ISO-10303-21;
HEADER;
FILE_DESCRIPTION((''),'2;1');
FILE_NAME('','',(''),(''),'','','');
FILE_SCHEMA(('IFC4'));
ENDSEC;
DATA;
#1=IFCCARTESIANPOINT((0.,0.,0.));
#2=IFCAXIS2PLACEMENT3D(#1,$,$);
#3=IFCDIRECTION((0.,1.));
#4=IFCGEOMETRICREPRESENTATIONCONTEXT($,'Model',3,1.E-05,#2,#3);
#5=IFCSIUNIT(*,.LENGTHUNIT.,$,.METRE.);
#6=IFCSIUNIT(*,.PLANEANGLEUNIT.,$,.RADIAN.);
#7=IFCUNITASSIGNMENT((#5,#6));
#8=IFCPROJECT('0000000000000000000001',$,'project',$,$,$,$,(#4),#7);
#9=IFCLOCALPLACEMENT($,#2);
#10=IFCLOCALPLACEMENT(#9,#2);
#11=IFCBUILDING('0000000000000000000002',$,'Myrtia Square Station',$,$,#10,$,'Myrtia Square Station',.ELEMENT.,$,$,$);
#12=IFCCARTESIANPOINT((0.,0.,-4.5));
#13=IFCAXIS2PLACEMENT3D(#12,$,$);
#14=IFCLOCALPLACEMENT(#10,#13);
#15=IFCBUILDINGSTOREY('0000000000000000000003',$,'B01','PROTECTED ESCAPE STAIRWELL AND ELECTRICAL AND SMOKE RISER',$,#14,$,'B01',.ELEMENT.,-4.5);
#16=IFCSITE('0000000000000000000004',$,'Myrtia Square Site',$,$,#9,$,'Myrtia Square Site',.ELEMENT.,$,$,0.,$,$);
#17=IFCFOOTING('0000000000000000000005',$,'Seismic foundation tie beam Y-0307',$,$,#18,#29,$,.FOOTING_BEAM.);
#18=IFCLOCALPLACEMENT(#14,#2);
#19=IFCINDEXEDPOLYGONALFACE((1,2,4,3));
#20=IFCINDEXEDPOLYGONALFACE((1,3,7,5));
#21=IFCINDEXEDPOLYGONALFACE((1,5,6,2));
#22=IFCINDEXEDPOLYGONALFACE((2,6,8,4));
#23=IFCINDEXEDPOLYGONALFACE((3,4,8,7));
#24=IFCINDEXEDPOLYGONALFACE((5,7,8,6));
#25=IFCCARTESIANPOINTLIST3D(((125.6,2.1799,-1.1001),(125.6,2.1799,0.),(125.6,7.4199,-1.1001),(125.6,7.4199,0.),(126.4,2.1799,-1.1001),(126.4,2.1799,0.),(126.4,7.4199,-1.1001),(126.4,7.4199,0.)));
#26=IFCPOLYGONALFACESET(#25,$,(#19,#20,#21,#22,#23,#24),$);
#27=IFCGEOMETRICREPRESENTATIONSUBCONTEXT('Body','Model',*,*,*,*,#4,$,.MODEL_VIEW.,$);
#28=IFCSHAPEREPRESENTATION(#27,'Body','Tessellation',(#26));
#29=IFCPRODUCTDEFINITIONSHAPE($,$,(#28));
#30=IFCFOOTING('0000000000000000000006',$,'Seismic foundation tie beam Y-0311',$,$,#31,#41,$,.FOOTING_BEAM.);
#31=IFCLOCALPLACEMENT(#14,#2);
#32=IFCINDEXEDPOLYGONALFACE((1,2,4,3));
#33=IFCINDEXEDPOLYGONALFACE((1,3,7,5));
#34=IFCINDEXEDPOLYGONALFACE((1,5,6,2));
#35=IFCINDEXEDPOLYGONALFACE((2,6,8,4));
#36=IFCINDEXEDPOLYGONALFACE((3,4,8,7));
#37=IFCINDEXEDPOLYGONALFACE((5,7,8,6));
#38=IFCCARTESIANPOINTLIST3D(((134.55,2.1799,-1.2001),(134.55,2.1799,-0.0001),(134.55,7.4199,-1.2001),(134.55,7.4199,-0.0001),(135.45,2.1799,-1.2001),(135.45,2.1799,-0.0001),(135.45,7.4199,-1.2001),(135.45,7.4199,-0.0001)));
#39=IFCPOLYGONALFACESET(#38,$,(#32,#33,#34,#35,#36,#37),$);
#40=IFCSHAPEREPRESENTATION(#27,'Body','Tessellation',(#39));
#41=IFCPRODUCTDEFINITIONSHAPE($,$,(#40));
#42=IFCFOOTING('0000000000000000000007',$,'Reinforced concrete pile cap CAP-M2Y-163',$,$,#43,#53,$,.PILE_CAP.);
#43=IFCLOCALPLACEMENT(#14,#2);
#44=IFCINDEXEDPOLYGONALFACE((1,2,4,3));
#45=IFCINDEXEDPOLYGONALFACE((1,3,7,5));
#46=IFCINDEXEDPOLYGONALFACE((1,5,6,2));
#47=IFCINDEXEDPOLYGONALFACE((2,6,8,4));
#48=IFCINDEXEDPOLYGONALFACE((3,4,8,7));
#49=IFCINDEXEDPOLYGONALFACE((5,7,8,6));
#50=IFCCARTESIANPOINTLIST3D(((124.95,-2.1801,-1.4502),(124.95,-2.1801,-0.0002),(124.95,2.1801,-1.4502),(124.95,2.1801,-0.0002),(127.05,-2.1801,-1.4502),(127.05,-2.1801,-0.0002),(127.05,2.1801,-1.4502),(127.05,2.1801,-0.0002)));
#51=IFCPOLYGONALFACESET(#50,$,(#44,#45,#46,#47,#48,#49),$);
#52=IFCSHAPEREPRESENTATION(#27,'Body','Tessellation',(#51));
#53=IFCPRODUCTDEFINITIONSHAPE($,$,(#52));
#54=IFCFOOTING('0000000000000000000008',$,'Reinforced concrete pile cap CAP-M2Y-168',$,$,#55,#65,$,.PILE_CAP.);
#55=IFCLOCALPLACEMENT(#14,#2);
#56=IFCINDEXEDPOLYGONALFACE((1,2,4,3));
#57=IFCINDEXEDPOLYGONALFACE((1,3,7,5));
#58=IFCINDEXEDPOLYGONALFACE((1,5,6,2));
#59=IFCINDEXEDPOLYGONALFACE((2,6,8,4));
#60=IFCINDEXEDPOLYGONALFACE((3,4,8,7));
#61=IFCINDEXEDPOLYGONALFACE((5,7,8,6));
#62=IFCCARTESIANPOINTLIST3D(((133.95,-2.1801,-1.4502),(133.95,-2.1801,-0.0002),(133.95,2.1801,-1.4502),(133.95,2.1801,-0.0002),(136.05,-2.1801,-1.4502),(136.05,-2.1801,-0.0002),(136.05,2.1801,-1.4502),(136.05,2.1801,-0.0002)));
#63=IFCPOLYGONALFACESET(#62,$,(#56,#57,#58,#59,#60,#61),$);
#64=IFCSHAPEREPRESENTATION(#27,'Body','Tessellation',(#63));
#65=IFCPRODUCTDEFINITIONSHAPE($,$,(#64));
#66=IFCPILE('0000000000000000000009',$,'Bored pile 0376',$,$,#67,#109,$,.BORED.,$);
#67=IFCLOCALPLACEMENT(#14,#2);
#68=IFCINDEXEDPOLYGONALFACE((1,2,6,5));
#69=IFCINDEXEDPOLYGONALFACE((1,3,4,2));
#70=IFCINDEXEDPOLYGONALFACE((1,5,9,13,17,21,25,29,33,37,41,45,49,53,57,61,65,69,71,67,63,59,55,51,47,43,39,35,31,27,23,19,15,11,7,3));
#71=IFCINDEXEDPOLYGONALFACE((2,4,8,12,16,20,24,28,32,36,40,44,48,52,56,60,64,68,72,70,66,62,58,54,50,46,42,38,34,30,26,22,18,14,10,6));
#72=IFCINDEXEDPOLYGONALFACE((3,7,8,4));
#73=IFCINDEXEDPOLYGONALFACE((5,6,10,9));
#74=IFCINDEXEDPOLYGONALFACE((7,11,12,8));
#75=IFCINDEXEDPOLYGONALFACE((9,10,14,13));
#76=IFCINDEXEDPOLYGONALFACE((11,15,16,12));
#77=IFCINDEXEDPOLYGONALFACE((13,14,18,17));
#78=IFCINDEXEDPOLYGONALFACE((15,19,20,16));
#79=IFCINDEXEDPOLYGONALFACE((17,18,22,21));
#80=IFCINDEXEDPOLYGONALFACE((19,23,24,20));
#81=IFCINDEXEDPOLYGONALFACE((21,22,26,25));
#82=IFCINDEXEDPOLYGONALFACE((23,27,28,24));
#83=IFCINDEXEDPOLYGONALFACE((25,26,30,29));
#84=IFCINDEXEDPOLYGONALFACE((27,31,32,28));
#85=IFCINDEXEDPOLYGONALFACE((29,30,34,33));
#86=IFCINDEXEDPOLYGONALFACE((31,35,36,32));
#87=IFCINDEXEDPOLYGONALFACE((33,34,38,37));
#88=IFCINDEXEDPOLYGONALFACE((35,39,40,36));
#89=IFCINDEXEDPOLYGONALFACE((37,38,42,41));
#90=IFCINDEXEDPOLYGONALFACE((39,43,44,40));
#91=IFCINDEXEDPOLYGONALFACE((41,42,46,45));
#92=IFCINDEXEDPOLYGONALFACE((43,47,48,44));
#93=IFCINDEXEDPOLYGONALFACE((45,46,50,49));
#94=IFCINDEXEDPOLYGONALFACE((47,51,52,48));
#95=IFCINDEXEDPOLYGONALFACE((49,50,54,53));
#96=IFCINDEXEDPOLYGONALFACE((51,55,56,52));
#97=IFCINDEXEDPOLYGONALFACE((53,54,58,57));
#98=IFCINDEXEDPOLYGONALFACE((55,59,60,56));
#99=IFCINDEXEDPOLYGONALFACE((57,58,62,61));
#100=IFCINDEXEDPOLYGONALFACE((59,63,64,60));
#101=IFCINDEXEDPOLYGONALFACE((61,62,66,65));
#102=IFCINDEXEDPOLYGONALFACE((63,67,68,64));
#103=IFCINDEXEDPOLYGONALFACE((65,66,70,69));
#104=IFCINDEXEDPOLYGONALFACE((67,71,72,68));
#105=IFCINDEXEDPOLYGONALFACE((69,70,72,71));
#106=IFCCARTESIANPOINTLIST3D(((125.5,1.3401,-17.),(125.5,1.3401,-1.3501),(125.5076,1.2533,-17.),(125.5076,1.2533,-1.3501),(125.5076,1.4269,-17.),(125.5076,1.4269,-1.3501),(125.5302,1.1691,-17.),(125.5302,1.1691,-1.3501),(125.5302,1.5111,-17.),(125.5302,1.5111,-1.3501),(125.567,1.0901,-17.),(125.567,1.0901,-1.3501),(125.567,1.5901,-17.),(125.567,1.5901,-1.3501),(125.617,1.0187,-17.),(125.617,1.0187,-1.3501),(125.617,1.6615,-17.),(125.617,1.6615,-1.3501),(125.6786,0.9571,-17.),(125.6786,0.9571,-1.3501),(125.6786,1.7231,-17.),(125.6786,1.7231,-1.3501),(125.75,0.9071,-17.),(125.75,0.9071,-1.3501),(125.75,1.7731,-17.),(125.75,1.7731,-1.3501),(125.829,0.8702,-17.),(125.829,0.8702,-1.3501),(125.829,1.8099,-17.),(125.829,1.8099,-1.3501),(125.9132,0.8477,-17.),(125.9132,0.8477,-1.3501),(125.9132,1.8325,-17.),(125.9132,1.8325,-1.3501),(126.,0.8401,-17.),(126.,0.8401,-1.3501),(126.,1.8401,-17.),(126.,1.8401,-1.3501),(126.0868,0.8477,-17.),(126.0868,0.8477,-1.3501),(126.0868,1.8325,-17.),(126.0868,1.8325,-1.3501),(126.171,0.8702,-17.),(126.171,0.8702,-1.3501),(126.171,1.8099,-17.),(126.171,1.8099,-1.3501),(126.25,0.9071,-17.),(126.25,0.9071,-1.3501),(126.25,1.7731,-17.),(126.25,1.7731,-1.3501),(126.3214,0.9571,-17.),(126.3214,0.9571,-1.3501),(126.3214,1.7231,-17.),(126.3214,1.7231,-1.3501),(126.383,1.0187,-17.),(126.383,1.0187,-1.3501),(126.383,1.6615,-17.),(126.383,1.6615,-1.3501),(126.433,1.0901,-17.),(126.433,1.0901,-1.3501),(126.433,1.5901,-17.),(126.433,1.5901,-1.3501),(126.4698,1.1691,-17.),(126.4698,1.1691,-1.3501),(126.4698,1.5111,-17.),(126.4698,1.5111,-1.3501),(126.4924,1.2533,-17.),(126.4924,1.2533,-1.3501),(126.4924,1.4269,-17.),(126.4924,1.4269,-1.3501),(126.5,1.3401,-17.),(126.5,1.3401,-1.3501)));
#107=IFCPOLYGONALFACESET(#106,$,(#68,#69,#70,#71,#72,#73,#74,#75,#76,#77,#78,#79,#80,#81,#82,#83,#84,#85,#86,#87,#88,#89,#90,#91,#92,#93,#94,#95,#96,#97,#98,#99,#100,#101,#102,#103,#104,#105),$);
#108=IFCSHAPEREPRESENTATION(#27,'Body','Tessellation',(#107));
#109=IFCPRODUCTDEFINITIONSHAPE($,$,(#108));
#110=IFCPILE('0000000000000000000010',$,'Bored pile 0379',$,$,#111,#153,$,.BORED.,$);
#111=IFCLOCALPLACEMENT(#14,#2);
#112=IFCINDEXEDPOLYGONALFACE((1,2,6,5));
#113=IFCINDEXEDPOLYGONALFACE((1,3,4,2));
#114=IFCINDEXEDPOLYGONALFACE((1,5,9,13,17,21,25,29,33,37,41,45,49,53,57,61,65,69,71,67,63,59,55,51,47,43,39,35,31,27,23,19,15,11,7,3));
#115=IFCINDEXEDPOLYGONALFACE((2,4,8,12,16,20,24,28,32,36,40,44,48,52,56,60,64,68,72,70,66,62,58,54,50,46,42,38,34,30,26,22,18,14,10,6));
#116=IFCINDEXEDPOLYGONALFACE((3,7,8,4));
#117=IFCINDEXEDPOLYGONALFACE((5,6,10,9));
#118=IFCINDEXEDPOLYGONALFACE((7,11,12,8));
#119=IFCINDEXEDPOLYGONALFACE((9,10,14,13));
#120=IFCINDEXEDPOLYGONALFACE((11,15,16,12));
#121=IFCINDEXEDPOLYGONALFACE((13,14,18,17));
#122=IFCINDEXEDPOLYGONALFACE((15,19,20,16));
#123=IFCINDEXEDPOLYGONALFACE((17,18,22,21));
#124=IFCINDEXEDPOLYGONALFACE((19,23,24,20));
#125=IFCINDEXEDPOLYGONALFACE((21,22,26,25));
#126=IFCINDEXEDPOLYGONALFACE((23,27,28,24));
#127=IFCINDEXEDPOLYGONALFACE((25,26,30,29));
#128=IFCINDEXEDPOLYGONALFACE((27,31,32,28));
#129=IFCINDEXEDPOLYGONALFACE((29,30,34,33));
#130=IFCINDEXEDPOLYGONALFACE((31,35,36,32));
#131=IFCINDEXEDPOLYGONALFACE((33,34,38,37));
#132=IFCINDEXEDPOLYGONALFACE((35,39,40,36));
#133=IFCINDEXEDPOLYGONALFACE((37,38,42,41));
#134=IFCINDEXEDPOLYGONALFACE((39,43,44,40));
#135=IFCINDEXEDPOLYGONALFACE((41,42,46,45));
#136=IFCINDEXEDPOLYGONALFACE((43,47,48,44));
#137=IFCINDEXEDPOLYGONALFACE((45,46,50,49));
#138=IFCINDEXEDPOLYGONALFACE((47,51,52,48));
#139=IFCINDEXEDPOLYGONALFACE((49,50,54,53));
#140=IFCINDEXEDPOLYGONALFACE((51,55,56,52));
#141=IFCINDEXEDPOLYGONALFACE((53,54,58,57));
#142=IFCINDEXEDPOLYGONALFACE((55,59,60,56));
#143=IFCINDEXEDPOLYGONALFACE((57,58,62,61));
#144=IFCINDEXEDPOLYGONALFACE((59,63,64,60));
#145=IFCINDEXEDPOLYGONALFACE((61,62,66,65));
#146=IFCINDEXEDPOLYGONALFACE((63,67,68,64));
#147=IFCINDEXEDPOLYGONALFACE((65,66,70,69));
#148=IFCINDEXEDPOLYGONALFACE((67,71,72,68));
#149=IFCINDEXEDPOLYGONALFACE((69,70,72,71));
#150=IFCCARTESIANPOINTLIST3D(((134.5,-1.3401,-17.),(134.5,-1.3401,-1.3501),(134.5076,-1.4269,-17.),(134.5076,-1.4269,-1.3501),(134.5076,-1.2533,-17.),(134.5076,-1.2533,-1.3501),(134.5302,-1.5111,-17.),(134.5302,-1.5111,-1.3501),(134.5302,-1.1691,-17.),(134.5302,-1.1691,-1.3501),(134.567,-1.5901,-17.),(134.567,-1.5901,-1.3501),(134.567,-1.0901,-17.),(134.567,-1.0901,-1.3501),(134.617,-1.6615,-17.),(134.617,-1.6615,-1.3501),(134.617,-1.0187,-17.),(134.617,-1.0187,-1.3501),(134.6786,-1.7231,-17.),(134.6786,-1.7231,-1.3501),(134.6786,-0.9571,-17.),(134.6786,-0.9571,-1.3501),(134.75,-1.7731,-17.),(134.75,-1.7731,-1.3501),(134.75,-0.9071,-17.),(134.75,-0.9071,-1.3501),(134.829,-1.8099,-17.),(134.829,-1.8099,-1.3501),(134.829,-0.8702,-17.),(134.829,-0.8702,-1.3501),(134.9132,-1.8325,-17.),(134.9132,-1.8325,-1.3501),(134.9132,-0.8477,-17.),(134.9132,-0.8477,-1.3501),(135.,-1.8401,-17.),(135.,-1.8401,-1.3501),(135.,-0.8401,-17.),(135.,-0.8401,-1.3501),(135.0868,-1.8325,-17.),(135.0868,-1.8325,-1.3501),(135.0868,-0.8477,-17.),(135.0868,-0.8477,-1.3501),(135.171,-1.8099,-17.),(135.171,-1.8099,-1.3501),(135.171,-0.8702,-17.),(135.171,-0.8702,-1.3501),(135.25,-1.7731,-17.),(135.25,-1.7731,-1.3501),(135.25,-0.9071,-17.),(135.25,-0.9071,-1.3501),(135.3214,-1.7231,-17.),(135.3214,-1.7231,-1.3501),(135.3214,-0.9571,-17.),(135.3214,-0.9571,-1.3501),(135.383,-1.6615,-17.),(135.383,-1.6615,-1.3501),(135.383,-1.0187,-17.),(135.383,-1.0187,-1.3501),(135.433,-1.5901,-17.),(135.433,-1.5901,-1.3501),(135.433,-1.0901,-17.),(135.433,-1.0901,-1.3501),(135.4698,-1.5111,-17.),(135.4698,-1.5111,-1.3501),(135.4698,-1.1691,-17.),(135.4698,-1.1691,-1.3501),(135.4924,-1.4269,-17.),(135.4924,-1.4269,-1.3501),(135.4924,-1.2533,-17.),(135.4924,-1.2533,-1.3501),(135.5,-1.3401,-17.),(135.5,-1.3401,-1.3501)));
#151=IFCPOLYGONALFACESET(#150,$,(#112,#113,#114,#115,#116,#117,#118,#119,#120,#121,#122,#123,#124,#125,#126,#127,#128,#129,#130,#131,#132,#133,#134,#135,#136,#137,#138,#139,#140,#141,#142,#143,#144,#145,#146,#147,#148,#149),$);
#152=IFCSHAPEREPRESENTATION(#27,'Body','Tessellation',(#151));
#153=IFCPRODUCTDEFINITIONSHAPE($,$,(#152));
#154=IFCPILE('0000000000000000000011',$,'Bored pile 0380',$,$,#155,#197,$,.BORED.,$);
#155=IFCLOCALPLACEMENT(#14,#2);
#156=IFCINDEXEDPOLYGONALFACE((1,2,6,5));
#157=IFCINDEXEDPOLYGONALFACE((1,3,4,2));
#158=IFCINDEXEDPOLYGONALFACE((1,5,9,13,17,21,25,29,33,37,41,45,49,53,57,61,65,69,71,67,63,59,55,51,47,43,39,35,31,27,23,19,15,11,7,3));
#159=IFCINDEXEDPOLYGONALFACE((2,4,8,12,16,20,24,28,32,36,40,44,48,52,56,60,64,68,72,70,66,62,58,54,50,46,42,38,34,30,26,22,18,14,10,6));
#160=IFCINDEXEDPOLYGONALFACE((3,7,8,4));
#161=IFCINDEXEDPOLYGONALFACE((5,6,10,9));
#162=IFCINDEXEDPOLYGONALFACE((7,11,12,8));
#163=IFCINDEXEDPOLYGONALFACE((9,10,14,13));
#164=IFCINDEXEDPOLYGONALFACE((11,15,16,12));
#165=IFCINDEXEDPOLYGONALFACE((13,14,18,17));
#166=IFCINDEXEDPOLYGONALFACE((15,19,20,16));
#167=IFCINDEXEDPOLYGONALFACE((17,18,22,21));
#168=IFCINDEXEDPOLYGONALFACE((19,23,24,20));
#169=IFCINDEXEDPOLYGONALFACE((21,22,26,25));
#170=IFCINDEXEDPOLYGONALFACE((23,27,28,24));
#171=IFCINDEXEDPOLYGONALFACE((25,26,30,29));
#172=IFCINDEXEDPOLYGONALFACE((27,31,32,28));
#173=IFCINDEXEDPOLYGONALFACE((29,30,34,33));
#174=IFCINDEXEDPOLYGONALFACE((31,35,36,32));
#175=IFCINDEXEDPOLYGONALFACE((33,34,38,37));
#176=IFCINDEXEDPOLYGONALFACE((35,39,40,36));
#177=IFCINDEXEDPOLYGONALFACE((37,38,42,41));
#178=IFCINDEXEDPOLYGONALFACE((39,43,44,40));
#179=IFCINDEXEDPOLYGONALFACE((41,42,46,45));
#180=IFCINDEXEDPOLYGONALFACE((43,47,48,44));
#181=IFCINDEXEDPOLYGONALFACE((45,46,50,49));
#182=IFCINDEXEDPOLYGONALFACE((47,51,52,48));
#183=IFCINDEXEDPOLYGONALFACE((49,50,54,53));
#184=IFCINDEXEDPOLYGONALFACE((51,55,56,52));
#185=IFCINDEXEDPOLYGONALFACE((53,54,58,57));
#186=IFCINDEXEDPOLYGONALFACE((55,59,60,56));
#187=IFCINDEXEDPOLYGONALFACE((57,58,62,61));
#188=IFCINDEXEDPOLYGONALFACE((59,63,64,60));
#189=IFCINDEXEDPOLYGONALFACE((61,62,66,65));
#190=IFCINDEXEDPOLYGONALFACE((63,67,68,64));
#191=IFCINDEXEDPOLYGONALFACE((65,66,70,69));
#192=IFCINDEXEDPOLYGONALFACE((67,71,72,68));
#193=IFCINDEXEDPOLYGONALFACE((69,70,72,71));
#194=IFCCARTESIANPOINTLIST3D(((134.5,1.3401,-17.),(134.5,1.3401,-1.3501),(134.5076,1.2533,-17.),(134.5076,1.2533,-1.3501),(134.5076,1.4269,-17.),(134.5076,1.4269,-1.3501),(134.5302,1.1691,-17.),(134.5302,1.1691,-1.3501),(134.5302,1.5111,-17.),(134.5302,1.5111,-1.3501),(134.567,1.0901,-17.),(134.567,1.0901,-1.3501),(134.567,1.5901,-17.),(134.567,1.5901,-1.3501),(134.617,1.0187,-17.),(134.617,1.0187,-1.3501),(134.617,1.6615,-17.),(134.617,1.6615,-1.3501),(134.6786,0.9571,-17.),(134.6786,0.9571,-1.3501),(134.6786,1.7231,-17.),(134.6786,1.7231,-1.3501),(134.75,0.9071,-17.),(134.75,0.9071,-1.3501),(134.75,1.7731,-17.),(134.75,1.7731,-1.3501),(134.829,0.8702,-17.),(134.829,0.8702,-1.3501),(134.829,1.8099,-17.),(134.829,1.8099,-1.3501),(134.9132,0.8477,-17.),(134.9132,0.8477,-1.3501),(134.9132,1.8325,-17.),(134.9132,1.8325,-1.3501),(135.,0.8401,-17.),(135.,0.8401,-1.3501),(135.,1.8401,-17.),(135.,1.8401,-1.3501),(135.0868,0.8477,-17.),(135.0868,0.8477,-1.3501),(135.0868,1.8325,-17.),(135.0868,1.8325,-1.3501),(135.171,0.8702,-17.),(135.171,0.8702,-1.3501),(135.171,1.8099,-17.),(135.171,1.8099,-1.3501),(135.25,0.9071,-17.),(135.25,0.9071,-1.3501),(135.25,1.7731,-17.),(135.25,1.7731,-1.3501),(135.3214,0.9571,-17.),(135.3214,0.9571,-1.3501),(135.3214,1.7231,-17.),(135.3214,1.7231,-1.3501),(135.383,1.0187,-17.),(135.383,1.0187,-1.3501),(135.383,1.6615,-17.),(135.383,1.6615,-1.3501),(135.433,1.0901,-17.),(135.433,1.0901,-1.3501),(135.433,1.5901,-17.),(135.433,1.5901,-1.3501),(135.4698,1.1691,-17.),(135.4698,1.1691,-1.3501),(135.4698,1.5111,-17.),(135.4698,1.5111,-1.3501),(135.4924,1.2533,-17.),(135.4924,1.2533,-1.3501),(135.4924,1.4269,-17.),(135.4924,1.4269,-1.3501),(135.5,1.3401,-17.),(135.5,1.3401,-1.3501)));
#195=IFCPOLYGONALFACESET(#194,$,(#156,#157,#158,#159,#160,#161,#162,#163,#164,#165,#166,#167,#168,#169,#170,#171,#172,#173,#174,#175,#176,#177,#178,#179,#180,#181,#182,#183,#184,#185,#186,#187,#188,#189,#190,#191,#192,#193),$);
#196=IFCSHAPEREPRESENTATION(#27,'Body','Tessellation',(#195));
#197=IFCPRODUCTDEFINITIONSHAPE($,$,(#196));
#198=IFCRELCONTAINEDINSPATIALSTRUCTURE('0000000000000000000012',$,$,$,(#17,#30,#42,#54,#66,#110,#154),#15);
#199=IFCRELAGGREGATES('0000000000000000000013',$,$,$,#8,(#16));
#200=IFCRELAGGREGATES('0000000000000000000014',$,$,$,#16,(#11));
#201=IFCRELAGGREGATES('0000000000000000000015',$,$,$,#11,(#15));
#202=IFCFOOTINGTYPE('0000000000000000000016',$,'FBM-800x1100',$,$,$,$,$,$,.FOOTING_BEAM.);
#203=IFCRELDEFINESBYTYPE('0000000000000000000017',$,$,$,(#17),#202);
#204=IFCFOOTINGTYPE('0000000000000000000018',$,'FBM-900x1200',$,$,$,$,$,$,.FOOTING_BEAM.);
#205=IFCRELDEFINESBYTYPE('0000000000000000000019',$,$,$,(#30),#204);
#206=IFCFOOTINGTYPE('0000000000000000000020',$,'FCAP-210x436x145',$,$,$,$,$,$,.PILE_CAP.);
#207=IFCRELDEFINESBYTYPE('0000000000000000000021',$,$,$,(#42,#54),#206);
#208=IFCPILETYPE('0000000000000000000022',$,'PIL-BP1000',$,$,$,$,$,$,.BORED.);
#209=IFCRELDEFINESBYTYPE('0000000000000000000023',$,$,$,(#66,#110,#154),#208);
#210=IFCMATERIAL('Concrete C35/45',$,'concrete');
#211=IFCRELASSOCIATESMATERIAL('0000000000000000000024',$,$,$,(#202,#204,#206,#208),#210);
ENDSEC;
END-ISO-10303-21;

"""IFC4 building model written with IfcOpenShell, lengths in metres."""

from ifc_helpers import new_model, si_unit, direction, frame, origin, origin_2d, place, context, subcontext, project, spatial, rectangle, circle, extrude, material, material_profile, profile_set, type_object, element, save


model = new_model("IFC4")

# Units and contexts
model_context = context("Model", 3, precision=1e-05, world=origin(), true_north=direction((0.0, 1.0)))
body_context = subcontext(model_context, "Body", "Model", "MODEL_VIEW")
ifc_project = project(units=[si_unit("LENGTHUNIT", "METRE"), si_unit("PLANEANGLEUNIT", "RADIAN")], contexts=[model_context])

# Site, building, storey
site_placement = place(None, origin())
site = spatial("IfcSite", under=ifc_project, at=site_placement, Name="Myrtia Square Site", LongName="Myrtia Square Site", CompositionType="ELEMENT", RefElevation=0.0)
building_placement = place(site_placement, origin())
building = spatial("IfcBuilding", under=site, at=building_placement, Name="Myrtia Square Station", LongName="Myrtia Square Station", CompositionType="ELEMENT")
storey_placement = place(building_placement, frame((0.0, 0.0, -4.5)))
storey = spatial("IfcBuildingStorey", under=building, at=storey_placement, Name="B01", Description="PROTECTED ESCAPE STAIRWELL AND ELECTRICAL AND SMOKE RISER", LongName="B01", CompositionType="ELEMENT", Elevation=-4.5)

# Footings
ifc_material_1 = material(Name="Concrete C35/45", Category="concrete")
ifc_material_profile_1 = material_profile(ifc_material_1, rectangle(XDim=0.8, YDim=1.1001, at=origin_2d()), Name="FB 800x1100")
ifc_profile_set_1 = profile_set([ifc_material_profile_1], Name="Concrete C35/45")
footing_type_1 = type_object("IfcFootingType", Name="FBM-800x1100", PredefinedType="FOOTING_BEAM", material=ifc_profile_set_1)
footing_1_placement = place(storey_placement, frame((126.0, 2.1799, -0.55), z_axis=(0.0, 1.0, 0.0), x_axis=(-1.0, 0.0, 0.0)))
element("IfcFooting", 1, at=footing_1_placement, inside=storey, type_object=footing_type_1, Name="Seismic foundation tie beam Y-0307", PredefinedType="FOOTING_BEAM", context=body_context, shape_type="SweptSolid", body=[
    extrude(rectangle(XDim=0.8, YDim=1.1001, at=origin_2d()), origin(), (0.0, 0.0, 1.0), 5.24),
])
ifc_material_profile_2 = material_profile(ifc_material_1, rectangle(XDim=0.8999, YDim=1.2, at=origin_2d()), Name="FB 900x1200")
ifc_profile_set_2 = profile_set([ifc_material_profile_2], Name="Concrete C35/45")
footing_type_2 = type_object("IfcFootingType", Name="FBM-900x1200", PredefinedType="FOOTING_BEAM", material=ifc_profile_set_2)
footing_2_placement = place(storey_placement, frame((135.0, 2.1799, -0.6001), z_axis=(0.0, 1.0, 0.0), x_axis=(-1.0, 0.0, 0.0)))
element("IfcFooting", 2, at=footing_2_placement, inside=storey, type_object=footing_type_2, Name="Seismic foundation tie beam Y-0311", PredefinedType="FOOTING_BEAM", context=body_context, shape_type="SweptSolid", body=[
    extrude(rectangle(XDim=0.8999, YDim=1.2, at=origin_2d()), origin(), (0.0, 0.0, 1.0), 5.24),
])
footing_type_3 = type_object("IfcFootingType", Name="FCAP-210x436x145", PredefinedType="PILE_CAP", material=ifc_material_1)
for number, where, z_axis, x_axis, name in (
    (3, (126.0, 0.0, -1.4502), (0.0, 0.0, 1.0), (1.0, 0.0, 0.0), "Reinforced concrete pile cap CAP-M2Y-163"),
    (4, (135.0, 0.0, -1.4502), (0.0, 0.0, 1.0), (1.0, 0.0, 0.0), "Reinforced concrete pile cap CAP-M2Y-168"),
):
    element("IfcFooting", number, at=place(storey_placement, frame(where, z_axis=z_axis, x_axis=x_axis)), inside=storey, type_object=footing_type_3, Name=name, PredefinedType="PILE_CAP", context=body_context, shape_type="SweptSolid", body=[
        extrude(rectangle(XDim=2.1001, YDim=4.3601, at=origin_2d()), origin(), (0.0, 0.0, 1.0), 1.45),
    ])

# Piles
ifc_material_profile_3 = material_profile(ifc_material_1, circle(Radius=0.5, at=origin_2d()), Name="BP D1000")
ifc_profile_set_3 = profile_set([ifc_material_profile_3], Name="Concrete C35/45")
pile_type = type_object("IfcPileType", Name="PIL-BP1000", PredefinedType="BORED", material=ifc_profile_set_3)
for number, where, z_axis, x_axis, name in (
    (5, (126.0, 1.3401, -1.3501), (0.0, 0.0, -1.0), (1.0, 0.0, 0.0), "Bored pile 0376"),
    (6, (135.0, -1.3401, -1.3501), (0.0, 0.0, -1.0), (1.0, 0.0, 0.0), "Bored pile 0379"),
    (7, (135.0, 1.3401, -1.3501), (0.0, 0.0, -1.0), (1.0, 0.0, 0.0), "Bored pile 0380"),
):
    element("IfcPile", number, at=place(storey_placement, frame(where, z_axis=z_axis, x_axis=x_axis)), inside=storey, type_object=pile_type, Name=name, PredefinedType="BORED", context=body_context, shape_type="SweptSolid", body=[
        extrude(circle(Radius=0.5, at=origin_2d()), origin(), (0.0, 0.0, 1.0), 15.6499),
    ])

save(model, "model.ifc")
